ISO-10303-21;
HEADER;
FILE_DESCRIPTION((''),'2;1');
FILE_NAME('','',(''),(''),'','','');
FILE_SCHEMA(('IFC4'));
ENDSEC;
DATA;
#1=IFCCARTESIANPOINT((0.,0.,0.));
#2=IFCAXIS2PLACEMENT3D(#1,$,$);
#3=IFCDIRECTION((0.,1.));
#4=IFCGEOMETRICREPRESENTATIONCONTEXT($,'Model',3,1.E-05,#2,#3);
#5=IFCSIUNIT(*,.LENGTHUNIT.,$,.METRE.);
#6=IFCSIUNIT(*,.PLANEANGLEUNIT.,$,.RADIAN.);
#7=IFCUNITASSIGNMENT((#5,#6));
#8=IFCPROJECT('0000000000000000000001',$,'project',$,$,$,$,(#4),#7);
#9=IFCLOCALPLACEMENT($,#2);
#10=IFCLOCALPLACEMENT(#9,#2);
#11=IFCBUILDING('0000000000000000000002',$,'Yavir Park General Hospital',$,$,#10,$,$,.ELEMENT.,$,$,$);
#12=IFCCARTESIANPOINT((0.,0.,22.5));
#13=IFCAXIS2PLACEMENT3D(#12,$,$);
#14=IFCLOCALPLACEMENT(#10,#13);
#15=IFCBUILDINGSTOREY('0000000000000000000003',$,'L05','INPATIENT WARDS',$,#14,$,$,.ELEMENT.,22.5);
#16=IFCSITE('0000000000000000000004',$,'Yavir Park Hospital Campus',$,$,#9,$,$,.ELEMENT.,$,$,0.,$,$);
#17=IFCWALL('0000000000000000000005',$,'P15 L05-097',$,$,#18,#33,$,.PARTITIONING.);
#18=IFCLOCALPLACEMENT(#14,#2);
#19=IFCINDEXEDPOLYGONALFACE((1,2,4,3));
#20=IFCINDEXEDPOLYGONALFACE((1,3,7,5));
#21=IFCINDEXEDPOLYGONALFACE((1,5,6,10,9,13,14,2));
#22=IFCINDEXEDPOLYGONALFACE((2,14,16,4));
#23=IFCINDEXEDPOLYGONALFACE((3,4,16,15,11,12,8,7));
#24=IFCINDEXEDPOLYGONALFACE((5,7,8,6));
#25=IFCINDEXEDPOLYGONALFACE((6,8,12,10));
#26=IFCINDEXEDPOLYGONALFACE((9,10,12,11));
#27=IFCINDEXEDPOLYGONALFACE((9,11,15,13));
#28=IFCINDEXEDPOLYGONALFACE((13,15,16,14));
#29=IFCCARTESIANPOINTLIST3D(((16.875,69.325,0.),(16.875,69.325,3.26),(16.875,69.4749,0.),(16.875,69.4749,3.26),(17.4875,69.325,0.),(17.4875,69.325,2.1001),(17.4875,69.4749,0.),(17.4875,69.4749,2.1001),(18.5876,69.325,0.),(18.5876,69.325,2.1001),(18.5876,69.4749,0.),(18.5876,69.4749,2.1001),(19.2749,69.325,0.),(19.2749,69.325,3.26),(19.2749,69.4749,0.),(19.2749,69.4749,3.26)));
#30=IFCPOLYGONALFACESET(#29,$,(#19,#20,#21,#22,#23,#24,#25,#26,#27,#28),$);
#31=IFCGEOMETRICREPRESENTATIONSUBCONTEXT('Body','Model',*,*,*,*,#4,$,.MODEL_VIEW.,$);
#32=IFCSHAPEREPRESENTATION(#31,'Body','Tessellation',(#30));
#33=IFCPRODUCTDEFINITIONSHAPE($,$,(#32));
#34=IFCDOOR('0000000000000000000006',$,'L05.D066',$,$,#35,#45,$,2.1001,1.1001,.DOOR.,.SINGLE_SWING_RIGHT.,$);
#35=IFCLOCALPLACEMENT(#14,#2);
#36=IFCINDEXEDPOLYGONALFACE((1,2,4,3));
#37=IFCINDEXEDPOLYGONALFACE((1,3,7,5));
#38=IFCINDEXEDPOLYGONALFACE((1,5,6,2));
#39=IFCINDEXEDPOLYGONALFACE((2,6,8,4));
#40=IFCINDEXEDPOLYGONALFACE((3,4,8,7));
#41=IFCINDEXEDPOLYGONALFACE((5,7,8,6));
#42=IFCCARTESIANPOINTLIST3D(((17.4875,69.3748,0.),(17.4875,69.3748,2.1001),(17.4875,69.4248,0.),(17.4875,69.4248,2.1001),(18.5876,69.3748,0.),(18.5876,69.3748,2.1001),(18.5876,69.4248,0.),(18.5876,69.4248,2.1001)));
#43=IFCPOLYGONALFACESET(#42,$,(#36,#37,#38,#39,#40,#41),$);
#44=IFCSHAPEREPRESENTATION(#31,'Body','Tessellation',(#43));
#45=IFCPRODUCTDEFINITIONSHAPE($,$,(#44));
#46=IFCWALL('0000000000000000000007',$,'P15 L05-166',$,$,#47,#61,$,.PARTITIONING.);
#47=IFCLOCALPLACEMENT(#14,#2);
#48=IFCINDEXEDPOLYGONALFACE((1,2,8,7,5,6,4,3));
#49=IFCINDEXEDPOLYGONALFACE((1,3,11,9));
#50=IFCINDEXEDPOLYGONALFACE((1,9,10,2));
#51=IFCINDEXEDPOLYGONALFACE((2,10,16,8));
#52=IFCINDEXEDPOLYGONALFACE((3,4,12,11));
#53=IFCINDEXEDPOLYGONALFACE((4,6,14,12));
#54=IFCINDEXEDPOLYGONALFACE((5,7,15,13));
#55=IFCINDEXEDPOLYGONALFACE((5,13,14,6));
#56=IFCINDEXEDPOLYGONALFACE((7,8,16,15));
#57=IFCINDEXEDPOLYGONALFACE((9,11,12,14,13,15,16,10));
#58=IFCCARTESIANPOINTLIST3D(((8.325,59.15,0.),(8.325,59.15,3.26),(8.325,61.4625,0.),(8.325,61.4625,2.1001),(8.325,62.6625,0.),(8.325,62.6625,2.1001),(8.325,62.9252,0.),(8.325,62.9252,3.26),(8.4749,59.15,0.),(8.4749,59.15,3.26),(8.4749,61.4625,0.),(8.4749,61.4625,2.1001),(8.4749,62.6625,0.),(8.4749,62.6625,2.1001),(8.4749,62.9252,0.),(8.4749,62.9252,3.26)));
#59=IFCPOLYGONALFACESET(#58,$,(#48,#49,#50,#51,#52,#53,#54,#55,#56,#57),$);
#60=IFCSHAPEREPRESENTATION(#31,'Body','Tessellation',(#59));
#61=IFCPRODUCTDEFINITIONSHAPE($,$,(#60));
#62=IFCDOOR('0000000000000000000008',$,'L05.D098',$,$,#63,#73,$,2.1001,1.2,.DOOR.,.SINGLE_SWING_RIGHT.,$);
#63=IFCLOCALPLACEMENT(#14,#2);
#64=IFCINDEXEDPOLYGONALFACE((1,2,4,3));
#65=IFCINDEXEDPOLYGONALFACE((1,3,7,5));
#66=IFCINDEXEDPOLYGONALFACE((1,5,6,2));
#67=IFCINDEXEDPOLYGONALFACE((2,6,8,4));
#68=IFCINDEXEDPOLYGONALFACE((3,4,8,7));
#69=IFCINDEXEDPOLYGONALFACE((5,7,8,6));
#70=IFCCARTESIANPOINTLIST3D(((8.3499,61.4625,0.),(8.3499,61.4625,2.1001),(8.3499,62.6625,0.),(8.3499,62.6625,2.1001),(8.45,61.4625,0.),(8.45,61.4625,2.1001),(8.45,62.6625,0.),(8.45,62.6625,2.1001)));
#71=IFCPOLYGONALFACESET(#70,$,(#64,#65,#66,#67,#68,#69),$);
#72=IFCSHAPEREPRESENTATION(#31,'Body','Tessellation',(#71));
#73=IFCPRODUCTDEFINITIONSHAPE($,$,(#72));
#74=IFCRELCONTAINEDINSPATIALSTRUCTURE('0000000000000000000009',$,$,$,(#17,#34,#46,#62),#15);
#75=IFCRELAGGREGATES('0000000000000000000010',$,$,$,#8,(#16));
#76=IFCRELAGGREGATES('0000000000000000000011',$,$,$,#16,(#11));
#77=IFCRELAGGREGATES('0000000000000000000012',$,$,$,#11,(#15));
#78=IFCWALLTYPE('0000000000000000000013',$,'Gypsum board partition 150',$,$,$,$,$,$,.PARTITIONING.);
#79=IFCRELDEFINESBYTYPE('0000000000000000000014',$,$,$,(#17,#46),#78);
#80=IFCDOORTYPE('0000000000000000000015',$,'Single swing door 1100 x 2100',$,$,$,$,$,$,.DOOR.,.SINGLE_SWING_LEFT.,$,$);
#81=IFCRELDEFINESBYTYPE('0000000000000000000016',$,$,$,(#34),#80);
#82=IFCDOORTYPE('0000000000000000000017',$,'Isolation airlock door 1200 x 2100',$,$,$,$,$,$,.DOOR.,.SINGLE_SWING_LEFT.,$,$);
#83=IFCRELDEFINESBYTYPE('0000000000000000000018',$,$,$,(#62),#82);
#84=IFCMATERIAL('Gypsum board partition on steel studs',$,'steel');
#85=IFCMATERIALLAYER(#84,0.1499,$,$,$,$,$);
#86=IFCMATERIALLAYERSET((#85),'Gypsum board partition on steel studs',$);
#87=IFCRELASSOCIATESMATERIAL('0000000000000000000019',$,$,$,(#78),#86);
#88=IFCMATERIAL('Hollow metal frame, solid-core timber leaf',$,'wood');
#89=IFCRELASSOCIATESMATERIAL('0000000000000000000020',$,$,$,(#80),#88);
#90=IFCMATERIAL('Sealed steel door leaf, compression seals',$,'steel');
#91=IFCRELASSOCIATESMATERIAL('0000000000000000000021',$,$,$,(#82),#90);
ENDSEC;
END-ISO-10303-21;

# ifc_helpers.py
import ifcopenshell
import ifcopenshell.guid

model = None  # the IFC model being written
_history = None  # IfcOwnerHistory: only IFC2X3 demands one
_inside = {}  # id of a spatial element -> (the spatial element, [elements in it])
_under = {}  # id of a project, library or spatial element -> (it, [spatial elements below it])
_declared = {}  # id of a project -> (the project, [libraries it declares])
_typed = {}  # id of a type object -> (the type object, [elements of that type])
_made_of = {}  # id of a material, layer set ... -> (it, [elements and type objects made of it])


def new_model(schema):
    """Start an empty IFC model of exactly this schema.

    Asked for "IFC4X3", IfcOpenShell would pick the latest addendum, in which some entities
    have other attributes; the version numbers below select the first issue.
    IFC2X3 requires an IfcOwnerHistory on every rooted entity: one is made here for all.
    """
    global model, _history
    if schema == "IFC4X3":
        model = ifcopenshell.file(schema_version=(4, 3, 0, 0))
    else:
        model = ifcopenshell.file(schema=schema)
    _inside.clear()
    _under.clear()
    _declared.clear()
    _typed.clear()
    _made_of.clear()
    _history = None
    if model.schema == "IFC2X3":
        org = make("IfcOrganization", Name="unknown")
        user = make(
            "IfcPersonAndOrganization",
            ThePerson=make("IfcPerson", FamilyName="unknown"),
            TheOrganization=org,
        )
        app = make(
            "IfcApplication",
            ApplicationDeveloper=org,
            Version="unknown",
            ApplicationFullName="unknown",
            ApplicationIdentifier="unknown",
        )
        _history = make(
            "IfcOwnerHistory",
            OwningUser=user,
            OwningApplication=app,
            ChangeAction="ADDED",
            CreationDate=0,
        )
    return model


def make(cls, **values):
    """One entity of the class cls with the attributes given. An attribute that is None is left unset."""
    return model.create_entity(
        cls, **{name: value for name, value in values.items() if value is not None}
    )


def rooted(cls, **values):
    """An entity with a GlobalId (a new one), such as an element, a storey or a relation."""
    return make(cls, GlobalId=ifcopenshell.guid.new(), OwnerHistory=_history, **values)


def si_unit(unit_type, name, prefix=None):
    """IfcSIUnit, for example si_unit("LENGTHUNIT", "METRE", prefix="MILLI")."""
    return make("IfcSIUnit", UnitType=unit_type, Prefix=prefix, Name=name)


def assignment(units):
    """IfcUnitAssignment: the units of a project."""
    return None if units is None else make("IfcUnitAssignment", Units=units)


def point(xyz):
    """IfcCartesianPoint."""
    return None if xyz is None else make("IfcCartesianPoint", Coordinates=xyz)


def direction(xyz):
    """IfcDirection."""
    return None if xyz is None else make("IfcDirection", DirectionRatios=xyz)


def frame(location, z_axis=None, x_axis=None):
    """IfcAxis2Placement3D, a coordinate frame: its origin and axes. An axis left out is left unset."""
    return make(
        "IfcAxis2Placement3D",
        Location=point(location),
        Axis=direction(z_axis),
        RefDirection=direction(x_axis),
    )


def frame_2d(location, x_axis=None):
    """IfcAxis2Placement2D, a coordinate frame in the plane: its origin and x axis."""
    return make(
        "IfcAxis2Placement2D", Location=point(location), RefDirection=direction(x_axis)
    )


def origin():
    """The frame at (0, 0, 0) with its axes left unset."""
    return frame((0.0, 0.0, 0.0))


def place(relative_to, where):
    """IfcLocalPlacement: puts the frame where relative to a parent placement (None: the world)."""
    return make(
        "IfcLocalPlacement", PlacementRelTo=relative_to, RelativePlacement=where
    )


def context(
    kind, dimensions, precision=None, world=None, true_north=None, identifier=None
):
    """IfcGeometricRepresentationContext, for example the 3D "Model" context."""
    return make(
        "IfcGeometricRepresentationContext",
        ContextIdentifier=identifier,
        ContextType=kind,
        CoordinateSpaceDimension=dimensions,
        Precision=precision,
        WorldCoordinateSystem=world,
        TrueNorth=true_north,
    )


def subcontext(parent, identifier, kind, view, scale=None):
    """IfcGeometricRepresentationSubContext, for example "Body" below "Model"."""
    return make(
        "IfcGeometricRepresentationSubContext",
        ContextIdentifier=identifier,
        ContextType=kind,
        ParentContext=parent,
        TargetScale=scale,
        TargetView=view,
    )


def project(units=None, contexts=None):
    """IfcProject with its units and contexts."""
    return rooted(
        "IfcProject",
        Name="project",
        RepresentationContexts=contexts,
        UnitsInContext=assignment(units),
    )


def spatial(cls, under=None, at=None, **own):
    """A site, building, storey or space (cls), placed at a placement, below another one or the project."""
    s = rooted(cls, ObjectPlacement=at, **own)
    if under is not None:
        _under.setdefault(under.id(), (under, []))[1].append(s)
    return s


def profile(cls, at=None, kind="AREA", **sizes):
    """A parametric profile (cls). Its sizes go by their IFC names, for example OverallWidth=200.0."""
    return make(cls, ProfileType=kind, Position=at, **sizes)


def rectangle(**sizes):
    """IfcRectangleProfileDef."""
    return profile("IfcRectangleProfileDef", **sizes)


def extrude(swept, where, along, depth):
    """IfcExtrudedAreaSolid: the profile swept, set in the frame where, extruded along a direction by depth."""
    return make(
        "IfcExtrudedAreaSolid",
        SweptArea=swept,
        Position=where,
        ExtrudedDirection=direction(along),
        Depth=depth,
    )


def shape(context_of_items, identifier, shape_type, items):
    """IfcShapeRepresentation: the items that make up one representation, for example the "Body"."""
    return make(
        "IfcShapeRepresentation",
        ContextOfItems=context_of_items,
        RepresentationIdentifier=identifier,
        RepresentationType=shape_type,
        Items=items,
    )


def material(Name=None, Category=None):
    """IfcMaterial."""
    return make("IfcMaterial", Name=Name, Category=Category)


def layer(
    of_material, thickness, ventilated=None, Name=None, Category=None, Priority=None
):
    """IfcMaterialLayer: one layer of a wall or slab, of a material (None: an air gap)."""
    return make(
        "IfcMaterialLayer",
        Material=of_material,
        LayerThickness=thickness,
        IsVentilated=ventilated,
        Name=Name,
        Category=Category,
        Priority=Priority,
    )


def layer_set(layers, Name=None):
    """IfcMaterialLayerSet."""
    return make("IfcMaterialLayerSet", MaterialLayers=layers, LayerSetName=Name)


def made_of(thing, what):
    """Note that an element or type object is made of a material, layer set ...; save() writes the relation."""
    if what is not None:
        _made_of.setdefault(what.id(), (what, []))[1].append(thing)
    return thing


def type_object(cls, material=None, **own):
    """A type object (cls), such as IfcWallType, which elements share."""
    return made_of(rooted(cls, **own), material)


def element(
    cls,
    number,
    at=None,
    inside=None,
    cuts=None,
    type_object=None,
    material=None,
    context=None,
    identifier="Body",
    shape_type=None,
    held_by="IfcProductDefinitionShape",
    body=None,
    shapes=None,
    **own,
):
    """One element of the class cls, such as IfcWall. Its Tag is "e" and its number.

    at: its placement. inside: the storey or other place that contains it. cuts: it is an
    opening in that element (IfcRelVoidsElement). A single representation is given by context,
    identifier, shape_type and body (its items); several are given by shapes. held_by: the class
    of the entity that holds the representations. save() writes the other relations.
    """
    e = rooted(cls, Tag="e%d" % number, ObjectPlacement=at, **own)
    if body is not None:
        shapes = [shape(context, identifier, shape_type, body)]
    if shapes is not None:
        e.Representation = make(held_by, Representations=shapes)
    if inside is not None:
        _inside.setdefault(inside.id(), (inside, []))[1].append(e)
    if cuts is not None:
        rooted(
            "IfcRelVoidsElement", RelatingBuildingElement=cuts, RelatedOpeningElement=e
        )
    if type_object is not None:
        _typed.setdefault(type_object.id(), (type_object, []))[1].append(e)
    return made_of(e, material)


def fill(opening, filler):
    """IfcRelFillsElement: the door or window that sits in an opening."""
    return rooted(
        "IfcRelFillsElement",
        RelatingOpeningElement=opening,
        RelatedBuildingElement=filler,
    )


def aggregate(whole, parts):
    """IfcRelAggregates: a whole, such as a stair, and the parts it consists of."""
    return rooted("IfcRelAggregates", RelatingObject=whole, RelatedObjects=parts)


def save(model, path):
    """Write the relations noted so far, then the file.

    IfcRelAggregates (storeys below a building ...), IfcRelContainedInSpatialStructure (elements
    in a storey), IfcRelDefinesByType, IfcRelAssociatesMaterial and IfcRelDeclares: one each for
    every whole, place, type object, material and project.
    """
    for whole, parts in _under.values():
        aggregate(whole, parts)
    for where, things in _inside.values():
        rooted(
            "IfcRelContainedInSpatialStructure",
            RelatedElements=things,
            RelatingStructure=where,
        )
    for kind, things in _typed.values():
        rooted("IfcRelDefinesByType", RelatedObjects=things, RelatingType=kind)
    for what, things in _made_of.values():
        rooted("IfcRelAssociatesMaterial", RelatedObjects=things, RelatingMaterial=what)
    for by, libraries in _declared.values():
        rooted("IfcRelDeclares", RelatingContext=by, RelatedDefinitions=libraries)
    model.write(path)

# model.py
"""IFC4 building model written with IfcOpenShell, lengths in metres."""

from ifc_helpers import new_model, si_unit, direction, frame, frame_2d, origin, place, context, subcontext, project, spatial, rectangle, extrude, material, layer, layer_set, type_object, element, fill, save


model = new_model("IFC4")

# Units and contexts
model_context = context("Model", 3, precision=1e-05, world=origin(), true_north=direction((0.0, 1.0)))
body_context = subcontext(model_context, "Body", "Model", "MODEL_VIEW")
ifc_project = project(units=[si_unit("LENGTHUNIT", "METRE"), si_unit("PLANEANGLEUNIT", "RADIAN")], contexts=[model_context])

# Site, building, storey
site_placement = place(None, origin())
site = spatial("IfcSite", under=ifc_project, at=site_placement, Name="Yavir Park Hospital Campus", CompositionType="ELEMENT", RefElevation=0.0)
building_placement = place(site_placement, origin())
building = spatial("IfcBuilding", under=site, at=building_placement, Name="Yavir Park General Hospital", CompositionType="ELEMENT")
storey_placement = place(building_placement, frame((0.0, 0.0, 22.5)))
storey = spatial("IfcBuildingStorey", under=building, at=storey_placement, Name="L05", Description="INPATIENT WARDS", CompositionType="ELEMENT", Elevation=22.5)

# Shared definitions
ifc_material_1 = material(Name="Gypsum board partition on steel studs", Category="steel")
ifc_layer_1 = layer(ifc_material_1, 0.1499)
ifc_layer_set_1 = layer_set([ifc_layer_1], Name="Gypsum board partition on steel studs")
wall_type_1 = type_object("IfcWallType", Name="Gypsum board partition 150", PredefinedType="PARTITIONING", material=ifc_layer_set_1)

# Walls, openings, doors
wall_1_placement = place(storey_placement, frame((16.875, 69.3999, 0.0), z_axis=(0.0, 0.0, 1.0), x_axis=(1.0, 0.0, 0.0)))
wall_1 = element("IfcWall", 1, at=wall_1_placement, inside=storey, type_object=wall_type_1, Name="P15 L05-097", PredefinedType="PARTITIONING", context=body_context, shape_type="SweptSolid", body=[
    extrude(rectangle(XDim=2.3999, YDim=0.1499, at=frame_2d((1.2, 0.0))), origin(), (0.0, 0.0, 1.0), 3.26),
])
opening_1_placement = place(wall_1_placement, frame((0.6125, 0.0, 0.0)))
opening_1 = element("IfcOpeningElement", 2, at=opening_1_placement, cuts=wall_1, PredefinedType="OPENING", context=body_context, shape_type="SweptSolid", body=[
    extrude(rectangle(XDim=1.1001, YDim=2.1001, at=frame_2d((0.55, 1.05))), frame((0.0, 0.085, 0.0), z_axis=(0.0, -1.0, 0.0), x_axis=(1.0, 0.0, 0.0)), (0.0, 0.0, 1.0), 0.1699),
])
ifc_material_2 = material(Name="Hollow metal frame, solid-core timber leaf", Category="wood")
door_type_1 = type_object("IfcDoorType", Name="Single swing door 1100 x 2100", OperationType="SINGLE_SWING_LEFT", PredefinedType="DOOR", material=ifc_material_2)
door_1_placement = place(opening_1_placement, origin())
door_1 = element("IfcDoor", 3, at=door_1_placement, inside=storey, type_object=door_type_1, Name="L05.D066", OperationType="SINGLE_SWING_RIGHT", OverallHeight=2.1001, OverallWidth=1.1001, PredefinedType="DOOR", context=body_context, shape_type="SweptSolid", body=[
    extrude(rectangle(XDim=1.1001, YDim=2.1001, at=frame_2d((0.55, 1.05))), frame((0.0, 0.0249, 0.0), z_axis=(0.0, -1.0, 0.0), x_axis=(1.0, 0.0, 0.0)), (0.0, 0.0, 1.0), 0.05),
])
fill(opening_1, door_1)
wall_2_placement = place(storey_placement, frame((8.3999, 59.1499, 0.0), z_axis=(0.0, 0.0, 1.0), x_axis=(0.0, 1.0, 0.0)))
wall_2 = element("IfcWall", 4, at=wall_2_placement, inside=storey, type_object=wall_type_1, Name="P15 L05-166", PredefinedType="PARTITIONING", context=body_context, shape_type="SweptSolid", body=[
    extrude(rectangle(XDim=3.7751, YDim=0.1499, at=frame_2d((1.8877, 0.0))), origin(), (0.0, 0.0, 1.0), 3.26),
])
opening_2_placement = place(wall_2_placement, frame((2.3125, 0.0, 0.0)))
opening_2 = element("IfcOpeningElement", 5, at=opening_2_placement, cuts=wall_2, PredefinedType="OPENING", context=body_context, shape_type="SweptSolid", body=[
    extrude(rectangle(XDim=1.2, YDim=2.1001, at=frame_2d((0.6001, 1.05))), frame((0.0, 0.085, 0.0), z_axis=(0.0, -1.0, 0.0), x_axis=(1.0, 0.0, 0.0)), (0.0, 0.0, 1.0), 0.1699),
])
ifc_material_3 = material(Name="Sealed steel door leaf, compression seals", Category="steel")
door_type_2 = type_object("IfcDoorType", Name="Isolation airlock door 1200 x 2100", OperationType="SINGLE_SWING_LEFT", PredefinedType="DOOR", material=ifc_material_3)
door_2_placement = place(opening_2_placement, origin())
door_2 = element("IfcDoor", 6, at=door_2_placement, inside=storey, type_object=door_type_2, Name="L05.D098", OperationType="SINGLE_SWING_RIGHT", OverallHeight=2.1001, OverallWidth=1.2, PredefinedType="DOOR", context=body_context, shape_type="SweptSolid", body=[
    extrude(rectangle(XDim=1.2, YDim=2.1001, at=frame_2d((0.6001, 1.05))), frame((0.0, 0.05, 0.0), z_axis=(0.0, -1.0, 0.0), x_axis=(1.0, 0.0, 0.0)), (0.0, 0.0, 1.0), 0.1001),
])
fill(opening_2, door_2)

save(model, "model.ifc")
